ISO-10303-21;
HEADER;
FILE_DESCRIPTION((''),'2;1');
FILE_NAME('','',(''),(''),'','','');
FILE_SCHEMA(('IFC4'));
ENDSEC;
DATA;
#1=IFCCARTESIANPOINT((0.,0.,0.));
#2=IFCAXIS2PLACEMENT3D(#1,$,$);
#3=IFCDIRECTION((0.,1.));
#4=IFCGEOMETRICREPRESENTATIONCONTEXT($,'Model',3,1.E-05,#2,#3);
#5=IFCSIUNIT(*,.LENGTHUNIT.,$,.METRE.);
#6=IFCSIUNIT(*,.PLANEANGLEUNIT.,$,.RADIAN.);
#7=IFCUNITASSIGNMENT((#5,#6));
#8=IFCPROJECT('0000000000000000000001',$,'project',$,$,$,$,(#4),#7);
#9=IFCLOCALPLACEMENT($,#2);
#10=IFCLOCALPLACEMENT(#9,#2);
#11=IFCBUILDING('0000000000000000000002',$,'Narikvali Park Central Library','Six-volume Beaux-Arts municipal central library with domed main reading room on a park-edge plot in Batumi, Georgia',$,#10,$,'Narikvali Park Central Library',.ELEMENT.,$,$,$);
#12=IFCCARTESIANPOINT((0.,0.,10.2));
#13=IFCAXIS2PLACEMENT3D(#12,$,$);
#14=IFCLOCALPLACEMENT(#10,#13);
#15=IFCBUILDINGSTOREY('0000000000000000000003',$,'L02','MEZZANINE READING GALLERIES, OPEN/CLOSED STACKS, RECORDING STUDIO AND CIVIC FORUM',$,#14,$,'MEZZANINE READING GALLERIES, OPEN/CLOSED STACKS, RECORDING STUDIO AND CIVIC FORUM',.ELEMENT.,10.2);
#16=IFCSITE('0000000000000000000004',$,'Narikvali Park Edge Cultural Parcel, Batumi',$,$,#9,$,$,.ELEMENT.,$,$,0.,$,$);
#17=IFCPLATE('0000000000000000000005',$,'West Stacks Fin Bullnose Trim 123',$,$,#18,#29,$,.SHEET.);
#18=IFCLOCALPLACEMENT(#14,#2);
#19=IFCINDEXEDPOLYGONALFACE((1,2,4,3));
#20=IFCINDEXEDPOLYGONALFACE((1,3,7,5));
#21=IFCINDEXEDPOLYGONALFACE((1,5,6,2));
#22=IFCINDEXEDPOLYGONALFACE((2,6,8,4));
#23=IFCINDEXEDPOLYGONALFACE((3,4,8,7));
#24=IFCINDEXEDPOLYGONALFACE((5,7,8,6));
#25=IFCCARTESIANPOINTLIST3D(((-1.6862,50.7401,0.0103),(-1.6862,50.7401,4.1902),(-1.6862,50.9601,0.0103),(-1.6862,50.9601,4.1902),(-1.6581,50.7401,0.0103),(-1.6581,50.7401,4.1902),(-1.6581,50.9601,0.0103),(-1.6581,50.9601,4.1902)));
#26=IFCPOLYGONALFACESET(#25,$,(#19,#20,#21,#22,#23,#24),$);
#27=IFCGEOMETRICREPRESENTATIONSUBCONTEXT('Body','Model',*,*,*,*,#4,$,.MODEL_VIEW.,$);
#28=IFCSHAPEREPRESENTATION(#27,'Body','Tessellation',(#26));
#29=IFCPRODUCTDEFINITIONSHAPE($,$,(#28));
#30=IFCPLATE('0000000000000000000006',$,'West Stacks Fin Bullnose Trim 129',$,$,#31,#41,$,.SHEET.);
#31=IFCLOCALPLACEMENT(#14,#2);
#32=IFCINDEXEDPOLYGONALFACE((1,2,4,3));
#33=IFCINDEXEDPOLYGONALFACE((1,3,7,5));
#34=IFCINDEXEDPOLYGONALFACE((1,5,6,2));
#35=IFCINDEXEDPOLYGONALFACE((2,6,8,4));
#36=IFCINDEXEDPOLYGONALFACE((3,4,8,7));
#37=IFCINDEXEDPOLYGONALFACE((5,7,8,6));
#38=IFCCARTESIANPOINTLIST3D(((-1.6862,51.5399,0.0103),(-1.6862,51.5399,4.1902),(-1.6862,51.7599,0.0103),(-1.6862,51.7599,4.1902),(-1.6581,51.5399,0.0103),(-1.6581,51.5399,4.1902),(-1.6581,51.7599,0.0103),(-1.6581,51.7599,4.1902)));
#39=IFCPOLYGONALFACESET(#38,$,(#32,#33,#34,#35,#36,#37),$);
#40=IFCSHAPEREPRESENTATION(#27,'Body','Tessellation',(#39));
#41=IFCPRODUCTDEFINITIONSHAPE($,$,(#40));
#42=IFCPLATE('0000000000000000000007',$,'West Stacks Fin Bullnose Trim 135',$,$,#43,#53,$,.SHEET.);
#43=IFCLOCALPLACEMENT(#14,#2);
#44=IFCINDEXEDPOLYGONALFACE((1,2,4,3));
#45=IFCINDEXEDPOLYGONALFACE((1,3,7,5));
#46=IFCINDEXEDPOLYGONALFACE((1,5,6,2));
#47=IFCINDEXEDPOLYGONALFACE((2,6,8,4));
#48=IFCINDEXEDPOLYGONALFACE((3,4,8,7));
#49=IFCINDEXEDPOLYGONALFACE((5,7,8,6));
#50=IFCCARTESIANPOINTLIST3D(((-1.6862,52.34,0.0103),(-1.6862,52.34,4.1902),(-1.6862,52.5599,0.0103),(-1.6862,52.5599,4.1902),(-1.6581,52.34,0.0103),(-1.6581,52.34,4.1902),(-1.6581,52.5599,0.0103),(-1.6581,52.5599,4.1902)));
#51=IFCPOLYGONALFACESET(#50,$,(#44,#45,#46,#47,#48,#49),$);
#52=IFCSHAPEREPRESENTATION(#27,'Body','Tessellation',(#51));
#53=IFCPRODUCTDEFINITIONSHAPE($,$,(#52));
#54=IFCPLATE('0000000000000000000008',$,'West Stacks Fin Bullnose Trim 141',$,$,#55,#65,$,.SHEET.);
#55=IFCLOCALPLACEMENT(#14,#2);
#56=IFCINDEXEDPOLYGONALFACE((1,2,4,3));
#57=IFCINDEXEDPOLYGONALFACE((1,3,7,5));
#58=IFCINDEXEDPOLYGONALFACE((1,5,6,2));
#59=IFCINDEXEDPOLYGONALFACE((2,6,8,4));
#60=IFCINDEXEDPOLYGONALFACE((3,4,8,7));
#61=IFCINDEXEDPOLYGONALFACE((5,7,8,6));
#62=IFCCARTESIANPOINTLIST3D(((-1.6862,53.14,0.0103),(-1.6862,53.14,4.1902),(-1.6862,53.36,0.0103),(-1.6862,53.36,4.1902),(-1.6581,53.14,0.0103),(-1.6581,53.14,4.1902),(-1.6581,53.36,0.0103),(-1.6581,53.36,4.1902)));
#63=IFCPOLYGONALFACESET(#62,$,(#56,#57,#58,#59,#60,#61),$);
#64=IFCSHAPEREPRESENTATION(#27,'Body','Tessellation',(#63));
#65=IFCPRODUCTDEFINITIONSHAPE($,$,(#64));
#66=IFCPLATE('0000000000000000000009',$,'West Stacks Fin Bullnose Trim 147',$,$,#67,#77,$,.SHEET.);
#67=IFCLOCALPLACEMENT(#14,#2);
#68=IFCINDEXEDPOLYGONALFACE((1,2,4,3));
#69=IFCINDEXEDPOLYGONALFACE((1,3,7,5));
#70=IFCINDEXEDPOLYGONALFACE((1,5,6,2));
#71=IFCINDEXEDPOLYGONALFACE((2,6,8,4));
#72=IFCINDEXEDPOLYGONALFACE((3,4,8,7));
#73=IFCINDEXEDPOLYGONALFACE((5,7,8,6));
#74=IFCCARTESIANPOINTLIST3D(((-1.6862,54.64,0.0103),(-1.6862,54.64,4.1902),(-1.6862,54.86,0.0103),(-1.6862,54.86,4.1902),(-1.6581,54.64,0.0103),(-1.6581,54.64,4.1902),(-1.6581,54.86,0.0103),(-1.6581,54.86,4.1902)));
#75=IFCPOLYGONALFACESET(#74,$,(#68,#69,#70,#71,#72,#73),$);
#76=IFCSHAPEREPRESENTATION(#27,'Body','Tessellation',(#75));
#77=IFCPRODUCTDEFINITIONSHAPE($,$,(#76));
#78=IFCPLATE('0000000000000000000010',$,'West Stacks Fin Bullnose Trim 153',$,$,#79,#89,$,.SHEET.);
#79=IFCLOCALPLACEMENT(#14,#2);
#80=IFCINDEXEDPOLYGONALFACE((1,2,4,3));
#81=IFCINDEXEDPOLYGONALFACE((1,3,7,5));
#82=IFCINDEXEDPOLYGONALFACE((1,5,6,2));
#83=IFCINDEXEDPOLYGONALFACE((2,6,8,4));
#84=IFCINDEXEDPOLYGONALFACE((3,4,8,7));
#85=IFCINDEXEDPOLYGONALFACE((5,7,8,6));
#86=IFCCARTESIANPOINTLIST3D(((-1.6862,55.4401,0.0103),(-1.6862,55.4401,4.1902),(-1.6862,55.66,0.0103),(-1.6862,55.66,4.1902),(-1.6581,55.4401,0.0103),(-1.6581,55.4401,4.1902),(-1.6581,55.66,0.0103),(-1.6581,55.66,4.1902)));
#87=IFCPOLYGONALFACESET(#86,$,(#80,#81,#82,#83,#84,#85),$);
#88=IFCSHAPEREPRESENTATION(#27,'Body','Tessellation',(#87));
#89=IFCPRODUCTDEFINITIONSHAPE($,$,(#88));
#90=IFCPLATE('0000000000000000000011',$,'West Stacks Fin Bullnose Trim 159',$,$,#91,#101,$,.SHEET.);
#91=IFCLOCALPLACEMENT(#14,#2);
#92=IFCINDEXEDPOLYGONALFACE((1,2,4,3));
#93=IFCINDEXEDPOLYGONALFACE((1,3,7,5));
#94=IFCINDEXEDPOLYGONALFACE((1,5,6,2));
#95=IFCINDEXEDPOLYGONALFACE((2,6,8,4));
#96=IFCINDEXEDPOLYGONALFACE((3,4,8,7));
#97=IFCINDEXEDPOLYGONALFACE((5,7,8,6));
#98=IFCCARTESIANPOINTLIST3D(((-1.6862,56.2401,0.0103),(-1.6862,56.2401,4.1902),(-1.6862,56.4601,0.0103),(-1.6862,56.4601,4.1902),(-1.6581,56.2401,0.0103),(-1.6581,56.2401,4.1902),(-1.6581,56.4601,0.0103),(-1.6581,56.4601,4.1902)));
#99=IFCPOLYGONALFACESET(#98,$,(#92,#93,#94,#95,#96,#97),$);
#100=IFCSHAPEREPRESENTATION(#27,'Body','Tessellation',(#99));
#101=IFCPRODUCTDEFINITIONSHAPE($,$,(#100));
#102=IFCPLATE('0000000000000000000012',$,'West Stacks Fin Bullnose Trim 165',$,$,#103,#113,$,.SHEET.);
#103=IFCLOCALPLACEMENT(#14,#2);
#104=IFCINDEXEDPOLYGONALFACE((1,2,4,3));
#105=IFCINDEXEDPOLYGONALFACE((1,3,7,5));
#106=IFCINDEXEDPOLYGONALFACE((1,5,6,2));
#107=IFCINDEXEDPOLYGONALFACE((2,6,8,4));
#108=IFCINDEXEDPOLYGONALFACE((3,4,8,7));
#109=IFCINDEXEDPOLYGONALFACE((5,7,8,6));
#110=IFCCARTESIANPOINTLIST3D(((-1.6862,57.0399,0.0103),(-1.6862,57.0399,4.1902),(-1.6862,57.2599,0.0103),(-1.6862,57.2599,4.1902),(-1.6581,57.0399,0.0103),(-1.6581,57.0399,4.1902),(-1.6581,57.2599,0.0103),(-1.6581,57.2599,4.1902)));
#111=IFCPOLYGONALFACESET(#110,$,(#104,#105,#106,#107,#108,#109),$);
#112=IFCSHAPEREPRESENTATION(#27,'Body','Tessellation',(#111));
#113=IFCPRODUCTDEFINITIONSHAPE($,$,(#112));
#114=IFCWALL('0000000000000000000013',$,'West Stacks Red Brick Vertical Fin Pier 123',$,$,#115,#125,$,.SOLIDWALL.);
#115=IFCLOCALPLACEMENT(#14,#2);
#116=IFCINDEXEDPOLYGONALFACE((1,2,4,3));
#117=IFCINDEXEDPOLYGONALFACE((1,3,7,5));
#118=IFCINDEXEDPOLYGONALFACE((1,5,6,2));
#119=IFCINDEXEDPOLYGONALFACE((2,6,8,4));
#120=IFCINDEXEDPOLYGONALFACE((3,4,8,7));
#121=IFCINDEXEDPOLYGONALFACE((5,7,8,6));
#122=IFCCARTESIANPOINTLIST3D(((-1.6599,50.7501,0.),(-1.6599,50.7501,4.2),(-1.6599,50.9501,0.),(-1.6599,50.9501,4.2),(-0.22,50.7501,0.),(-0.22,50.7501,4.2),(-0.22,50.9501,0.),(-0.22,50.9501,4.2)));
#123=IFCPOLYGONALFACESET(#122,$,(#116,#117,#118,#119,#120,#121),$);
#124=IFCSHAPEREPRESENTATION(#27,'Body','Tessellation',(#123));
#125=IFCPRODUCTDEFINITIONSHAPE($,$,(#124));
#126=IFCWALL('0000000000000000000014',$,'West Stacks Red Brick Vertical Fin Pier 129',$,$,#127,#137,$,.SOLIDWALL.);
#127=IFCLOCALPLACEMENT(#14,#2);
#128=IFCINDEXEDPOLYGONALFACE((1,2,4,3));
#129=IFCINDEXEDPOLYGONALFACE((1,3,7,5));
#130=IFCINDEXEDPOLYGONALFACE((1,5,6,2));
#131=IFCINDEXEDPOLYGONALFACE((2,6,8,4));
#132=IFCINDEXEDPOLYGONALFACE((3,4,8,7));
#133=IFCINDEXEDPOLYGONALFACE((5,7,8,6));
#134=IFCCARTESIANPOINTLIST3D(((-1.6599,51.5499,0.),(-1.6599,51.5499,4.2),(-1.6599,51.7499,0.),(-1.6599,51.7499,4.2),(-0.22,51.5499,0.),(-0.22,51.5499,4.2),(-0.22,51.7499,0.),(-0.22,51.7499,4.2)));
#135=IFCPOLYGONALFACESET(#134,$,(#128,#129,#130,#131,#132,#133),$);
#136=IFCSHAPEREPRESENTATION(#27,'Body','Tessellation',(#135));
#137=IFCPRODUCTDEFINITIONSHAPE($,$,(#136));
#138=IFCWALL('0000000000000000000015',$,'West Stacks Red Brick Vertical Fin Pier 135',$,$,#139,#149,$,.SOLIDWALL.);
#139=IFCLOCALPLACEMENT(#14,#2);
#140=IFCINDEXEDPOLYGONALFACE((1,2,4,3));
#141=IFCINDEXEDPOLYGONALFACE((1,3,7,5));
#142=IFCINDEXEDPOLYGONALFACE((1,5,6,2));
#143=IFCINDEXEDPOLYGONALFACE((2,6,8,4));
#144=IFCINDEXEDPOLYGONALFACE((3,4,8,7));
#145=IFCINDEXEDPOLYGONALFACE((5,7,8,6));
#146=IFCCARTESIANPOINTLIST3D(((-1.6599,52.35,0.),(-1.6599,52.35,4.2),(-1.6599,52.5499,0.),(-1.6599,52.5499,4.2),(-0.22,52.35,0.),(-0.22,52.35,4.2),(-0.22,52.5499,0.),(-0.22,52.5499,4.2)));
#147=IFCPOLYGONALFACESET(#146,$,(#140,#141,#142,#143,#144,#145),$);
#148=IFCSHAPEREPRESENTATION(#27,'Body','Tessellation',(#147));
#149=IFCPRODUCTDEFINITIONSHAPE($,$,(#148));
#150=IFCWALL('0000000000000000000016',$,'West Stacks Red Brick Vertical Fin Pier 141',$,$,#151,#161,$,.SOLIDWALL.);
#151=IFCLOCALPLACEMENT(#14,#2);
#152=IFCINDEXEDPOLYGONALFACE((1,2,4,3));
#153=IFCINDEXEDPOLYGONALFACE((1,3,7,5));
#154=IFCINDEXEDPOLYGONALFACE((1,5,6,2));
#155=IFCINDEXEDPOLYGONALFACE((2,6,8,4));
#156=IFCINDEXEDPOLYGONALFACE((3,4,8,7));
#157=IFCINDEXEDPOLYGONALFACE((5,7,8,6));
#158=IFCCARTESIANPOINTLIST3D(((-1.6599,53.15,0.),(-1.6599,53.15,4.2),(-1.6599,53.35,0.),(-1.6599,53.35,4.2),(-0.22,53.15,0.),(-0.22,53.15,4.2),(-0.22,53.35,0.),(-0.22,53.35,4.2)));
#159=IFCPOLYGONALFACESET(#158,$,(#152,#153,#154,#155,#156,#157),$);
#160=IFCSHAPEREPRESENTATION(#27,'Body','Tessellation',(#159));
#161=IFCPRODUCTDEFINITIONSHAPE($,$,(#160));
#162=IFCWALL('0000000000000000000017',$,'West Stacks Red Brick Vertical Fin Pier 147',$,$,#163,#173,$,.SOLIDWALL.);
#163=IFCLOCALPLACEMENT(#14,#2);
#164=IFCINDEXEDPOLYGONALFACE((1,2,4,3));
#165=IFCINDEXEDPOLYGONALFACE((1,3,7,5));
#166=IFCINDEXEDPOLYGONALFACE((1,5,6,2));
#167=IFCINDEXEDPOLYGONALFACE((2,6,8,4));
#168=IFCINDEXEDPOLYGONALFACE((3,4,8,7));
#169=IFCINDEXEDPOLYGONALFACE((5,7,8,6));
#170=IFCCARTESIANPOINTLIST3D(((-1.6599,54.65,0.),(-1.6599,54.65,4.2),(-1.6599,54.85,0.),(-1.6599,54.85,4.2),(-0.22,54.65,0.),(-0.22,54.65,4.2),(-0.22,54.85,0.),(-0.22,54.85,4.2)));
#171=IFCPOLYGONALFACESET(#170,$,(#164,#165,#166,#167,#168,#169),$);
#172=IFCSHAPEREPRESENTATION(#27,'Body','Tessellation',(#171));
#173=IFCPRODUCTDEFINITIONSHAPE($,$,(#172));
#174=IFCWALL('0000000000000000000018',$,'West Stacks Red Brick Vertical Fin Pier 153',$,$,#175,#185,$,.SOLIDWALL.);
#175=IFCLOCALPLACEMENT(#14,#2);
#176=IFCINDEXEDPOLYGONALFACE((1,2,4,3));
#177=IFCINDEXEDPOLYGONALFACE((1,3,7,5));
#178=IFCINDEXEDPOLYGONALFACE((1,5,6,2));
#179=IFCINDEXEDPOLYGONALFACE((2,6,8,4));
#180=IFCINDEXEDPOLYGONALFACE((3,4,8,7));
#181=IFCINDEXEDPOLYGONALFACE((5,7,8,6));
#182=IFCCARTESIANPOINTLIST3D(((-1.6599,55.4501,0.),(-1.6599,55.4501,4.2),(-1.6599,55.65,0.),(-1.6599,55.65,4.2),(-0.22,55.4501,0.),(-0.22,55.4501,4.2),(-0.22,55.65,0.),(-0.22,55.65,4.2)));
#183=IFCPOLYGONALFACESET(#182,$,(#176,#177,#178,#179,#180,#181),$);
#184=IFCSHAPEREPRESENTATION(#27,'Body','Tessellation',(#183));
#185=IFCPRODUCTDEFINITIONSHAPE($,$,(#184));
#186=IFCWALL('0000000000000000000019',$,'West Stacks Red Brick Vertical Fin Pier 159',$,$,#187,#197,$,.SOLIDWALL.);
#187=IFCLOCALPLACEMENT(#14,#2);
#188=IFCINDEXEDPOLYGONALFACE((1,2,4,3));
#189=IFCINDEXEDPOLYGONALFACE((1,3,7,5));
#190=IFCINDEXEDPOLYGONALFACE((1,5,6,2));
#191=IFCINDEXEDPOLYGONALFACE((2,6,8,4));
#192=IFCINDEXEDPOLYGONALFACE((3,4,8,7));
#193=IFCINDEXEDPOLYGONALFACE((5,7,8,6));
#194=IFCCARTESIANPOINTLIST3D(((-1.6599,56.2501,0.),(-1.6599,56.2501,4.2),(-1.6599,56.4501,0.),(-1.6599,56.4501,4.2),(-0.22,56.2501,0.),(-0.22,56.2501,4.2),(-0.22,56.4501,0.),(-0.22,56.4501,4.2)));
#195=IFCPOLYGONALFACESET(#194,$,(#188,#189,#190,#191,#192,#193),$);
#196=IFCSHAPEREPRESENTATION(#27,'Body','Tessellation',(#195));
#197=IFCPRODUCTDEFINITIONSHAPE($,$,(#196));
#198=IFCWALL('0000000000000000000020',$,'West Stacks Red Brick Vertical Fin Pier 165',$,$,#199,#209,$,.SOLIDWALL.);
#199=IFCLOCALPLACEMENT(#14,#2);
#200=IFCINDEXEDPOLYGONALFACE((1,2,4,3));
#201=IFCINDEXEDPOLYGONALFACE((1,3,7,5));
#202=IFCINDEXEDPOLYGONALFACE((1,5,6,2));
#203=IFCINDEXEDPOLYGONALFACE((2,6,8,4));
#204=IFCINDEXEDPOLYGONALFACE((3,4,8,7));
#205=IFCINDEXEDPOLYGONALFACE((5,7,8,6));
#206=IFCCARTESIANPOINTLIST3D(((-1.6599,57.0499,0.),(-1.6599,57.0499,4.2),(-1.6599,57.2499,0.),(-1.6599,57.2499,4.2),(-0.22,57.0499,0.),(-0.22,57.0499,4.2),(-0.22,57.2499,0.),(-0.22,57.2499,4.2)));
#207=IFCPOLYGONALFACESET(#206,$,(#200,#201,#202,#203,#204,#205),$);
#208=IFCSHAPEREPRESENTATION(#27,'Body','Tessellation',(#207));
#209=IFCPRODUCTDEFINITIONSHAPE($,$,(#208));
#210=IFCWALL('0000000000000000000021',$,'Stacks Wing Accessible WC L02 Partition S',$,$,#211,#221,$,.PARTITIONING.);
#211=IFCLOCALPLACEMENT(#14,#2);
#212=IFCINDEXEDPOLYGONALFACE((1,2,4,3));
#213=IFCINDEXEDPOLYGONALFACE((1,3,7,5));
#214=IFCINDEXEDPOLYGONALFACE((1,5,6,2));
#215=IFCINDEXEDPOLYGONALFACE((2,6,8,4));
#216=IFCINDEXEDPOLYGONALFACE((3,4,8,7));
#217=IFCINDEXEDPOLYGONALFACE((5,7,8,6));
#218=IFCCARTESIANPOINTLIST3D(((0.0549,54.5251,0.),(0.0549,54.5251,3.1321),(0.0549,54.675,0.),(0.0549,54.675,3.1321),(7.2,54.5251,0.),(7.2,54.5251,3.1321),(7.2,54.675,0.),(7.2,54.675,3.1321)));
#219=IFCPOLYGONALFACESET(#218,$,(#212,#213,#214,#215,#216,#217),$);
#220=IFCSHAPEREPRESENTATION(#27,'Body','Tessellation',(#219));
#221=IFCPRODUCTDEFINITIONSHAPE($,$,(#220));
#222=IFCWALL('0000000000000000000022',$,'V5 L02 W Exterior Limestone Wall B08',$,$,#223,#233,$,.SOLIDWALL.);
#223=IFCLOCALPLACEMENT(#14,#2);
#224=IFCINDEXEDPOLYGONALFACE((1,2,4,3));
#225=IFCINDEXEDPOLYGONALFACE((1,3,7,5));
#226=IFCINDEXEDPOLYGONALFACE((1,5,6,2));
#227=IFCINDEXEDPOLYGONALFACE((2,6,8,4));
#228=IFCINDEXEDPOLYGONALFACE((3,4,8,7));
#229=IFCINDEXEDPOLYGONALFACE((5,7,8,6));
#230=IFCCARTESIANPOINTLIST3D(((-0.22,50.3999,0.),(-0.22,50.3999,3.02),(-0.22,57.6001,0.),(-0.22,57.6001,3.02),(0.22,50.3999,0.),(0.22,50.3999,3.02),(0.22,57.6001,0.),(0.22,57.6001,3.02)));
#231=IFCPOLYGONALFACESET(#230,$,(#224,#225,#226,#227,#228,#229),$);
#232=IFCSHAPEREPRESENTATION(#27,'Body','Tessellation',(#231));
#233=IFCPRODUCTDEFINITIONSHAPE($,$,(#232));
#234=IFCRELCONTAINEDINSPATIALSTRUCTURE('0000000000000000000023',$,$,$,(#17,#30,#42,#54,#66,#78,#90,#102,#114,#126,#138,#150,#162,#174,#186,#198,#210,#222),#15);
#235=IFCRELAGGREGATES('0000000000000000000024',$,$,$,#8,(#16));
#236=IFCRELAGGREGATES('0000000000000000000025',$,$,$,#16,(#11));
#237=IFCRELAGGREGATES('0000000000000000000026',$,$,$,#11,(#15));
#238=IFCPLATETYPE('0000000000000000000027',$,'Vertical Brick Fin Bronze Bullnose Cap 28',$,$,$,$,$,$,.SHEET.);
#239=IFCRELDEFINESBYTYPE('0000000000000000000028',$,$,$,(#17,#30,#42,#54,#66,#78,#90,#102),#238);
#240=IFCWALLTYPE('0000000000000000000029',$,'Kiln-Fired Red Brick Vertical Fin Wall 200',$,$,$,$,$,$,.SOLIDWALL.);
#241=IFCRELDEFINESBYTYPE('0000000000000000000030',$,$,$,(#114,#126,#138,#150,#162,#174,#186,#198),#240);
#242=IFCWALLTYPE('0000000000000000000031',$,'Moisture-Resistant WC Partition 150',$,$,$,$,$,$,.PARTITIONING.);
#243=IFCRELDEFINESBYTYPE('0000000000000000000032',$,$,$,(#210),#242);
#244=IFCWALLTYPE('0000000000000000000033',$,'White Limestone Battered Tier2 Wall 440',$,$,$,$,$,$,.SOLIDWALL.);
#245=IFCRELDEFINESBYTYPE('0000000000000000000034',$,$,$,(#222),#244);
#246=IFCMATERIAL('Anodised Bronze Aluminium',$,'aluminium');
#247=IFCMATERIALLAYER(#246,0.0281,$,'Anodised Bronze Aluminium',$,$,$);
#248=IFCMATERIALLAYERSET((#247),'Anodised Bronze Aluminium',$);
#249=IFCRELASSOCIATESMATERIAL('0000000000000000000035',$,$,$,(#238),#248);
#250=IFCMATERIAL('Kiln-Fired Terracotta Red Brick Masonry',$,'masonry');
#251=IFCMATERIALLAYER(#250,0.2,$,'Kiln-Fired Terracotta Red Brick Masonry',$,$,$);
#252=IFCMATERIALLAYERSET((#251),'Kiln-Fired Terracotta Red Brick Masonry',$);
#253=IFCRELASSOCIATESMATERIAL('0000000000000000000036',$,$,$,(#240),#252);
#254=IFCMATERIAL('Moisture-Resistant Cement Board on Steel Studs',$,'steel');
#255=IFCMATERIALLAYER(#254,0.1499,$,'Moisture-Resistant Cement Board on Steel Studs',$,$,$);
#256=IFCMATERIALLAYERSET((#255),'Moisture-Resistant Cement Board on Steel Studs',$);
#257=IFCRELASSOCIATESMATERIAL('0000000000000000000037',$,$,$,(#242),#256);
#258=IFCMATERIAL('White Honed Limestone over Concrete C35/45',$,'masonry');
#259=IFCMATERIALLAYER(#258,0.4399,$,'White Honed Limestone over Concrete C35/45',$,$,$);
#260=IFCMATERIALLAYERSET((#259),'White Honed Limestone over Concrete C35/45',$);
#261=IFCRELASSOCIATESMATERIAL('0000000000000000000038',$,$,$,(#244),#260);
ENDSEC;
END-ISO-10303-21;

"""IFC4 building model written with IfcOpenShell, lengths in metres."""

from ifc_helpers import new_model, si_unit, direction, frame, frame_2d, origin, origin_2d, place, context, subcontext, project, spatial, rectangle, extrude, material, layer, layer_set, type_object, element, save


model = new_model("IFC4")

# Units and contexts
model_context = context("Model", 3, precision=1e-05, world=origin(), true_north=direction((0.0, 1.0)))
body_context = subcontext(model_context, "Body", "Model", "MODEL_VIEW")
ifc_project = project(units=[si_unit("LENGTHUNIT", "METRE"), si_unit("PLANEANGLEUNIT", "RADIAN")], contexts=[model_context])

# Site, building, storey
site_placement = place(None, origin())
site = spatial("IfcSite", under=ifc_project, at=site_placement, Name="Narikvali Park Edge Cultural Parcel, Batumi", CompositionType="ELEMENT", RefElevation=0.0)
building_placement = place(site_placement, origin())
building = spatial("IfcBuilding", under=site, at=building_placement, Name="Narikvali Park Central Library", Description="Six-volume Beaux-Arts municipal central library with domed main reading room on a park-edge plot in Batumi, Georgia", LongName="Narikvali Park Central Library", CompositionType="ELEMENT")
storey_placement = place(building_placement, frame((0.0, 0.0, 10.2)))
storey = spatial("IfcBuildingStorey", under=building, at=storey_placement, Name="L02", Description="MEZZANINE READING GALLERIES, OPEN/CLOSED STACKS, RECORDING STUDIO AND CIVIC FORUM", LongName="MEZZANINE READING GALLERIES, OPEN/CLOSED STACKS, RECORDING STUDIO AND CIVIC FORUM", CompositionType="ELEMENT", Elevation=10.2)

# Plates
ifc_material_1 = material(Name="Anodised Bronze Aluminium", Category="aluminium")
ifc_layer_1 = layer(ifc_material_1, 0.0281, Name="Anodised Bronze Aluminium")
ifc_layer_set_1 = layer_set([ifc_layer_1], Name="Anodised Bronze Aluminium")
plate_type = type_object("IfcPlateType", Name="Vertical Brick Fin Bronze Bullnose Cap 28", PredefinedType="SHEET", material=ifc_layer_set_1)
for number, where, z_axis, x_axis, name in (
    (1, (-1.6721, 50.8501, 0.0103), (0.0, 0.0, 1.0), (1.0, 0.0, 0.0), "West Stacks Fin Bullnose Trim 123"),
    (2, (-1.6721, 51.6499, 0.0103), (0.0, 0.0, 1.0), (1.0, 0.0, 0.0), "West Stacks Fin Bullnose Trim 129"),
    (3, (-1.6721, 52.45, 0.0103), (0.0, 0.0, 1.0), (1.0, 0.0, 0.0), "West Stacks Fin Bullnose Trim 135"),
    (4, (-1.6721, 53.25, 0.0103), (0.0, 0.0, 1.0), (1.0, 0.0, 0.0), "West Stacks Fin Bullnose Trim 141"),
    (5, (-1.6721, 54.75, 0.0103), (0.0, 0.0, 1.0), (1.0, 0.0, 0.0), "West Stacks Fin Bullnose Trim 147"),
    (6, (-1.6721, 55.55, 0.0103), (0.0, 0.0, 1.0), (1.0, 0.0, 0.0), "West Stacks Fin Bullnose Trim 153"),
    (7, (-1.6721, 56.3501, 0.0103), (0.0, 0.0, 1.0), (1.0, 0.0, 0.0), "West Stacks Fin Bullnose Trim 159"),
    (8, (-1.6721, 57.1499, 0.0103), (0.0, 0.0, 1.0), (1.0, 0.0, 0.0), "West Stacks Fin Bullnose Trim 165"),
):
    element("IfcPlate", number, at=place(storey_placement, frame(where, z_axis=z_axis, x_axis=x_axis)), inside=storey, type_object=plate_type, Name=name, PredefinedType="SHEET", context=body_context, shape_type="SweptSolid", body=[
        extrude(rectangle(XDim=0.0281, YDim=0.22, at=origin_2d()), origin(), (0.0, 0.0, 1.0), 4.1799),
    ])

# Walls
ifc_material_2 = material(Name="Kiln-Fired Terracotta Red Brick Masonry", Category="masonry")
ifc_layer_2 = layer(ifc_material_2, 0.2, Name="Kiln-Fired Terracotta Red Brick Masonry")
ifc_layer_set_2 = layer_set([ifc_layer_2], Name="Kiln-Fired Terracotta Red Brick Masonry")
wall_type_1 = type_object("IfcWallType", Name="Kiln-Fired Red Brick Vertical Fin Wall 200", PredefinedType="SOLIDWALL", material=ifc_layer_set_2)
for number, where, z_axis, x_axis, name in (
    (9, (-1.6599, 50.8501, 0.0), (0.0, 0.0, 1.0), (1.0, 0.0, 0.0), "West Stacks Red Brick Vertical Fin Pier 123"),
    (10, (-1.6599, 51.6499, 0.0), (0.0, 0.0, 1.0), (1.0, 0.0, 0.0), "West Stacks Red Brick Vertical Fin Pier 129"),
    (11, (-1.6599, 52.45, 0.0), (0.0, 0.0, 1.0), (1.0, 0.0, 0.0), "West Stacks Red Brick Vertical Fin Pier 135"),
    (12, (-1.6599, 53.25, 0.0), (0.0, 0.0, 1.0), (1.0, 0.0, 0.0), "West Stacks Red Brick Vertical Fin Pier 141"),
    (13, (-1.6599, 54.75, 0.0), (0.0, 0.0, 1.0), (1.0, 0.0, 0.0), "West Stacks Red Brick Vertical Fin Pier 147"),
    (14, (-1.6599, 55.55, 0.0), (0.0, 0.0, 1.0), (1.0, 0.0, 0.0), "West Stacks Red Brick Vertical Fin Pier 153"),
    (15, (-1.6599, 56.3501, 0.0), (0.0, 0.0, 1.0), (1.0, 0.0, 0.0), "West Stacks Red Brick Vertical Fin Pier 159"),
    (16, (-1.6599, 57.1499, 0.0), (0.0, 0.0, 1.0), (1.0, 0.0, 0.0), "West Stacks Red Brick Vertical Fin Pier 165"),
):
    element("IfcWall", number, at=place(storey_placement, frame(where, z_axis=z_axis, x_axis=x_axis)), inside=storey, type_object=wall_type_1, Name=name, PredefinedType="SOLIDWALL", context=body_context, shape_type="SweptSolid", body=[
        extrude(rectangle(XDim=1.4399, YDim=0.2, at=frame_2d((0.72, 0.0))), origin(), (0.0, 0.0, 1.0), 4.2),
    ])
ifc_material_3 = material(Name="Moisture-Resistant Cement Board on Steel Studs", Category="steel")
ifc_layer_3 = layer(ifc_material_3, 0.1499, Name="Moisture-Resistant Cement Board on Steel Studs")
ifc_layer_set_3 = layer_set([ifc_layer_3], Name="Moisture-Resistant Cement Board on Steel Studs")
wall_type_2 = type_object("IfcWallType", Name="Moisture-Resistant WC Partition 150", PredefinedType="PARTITIONING", material=ifc_layer_set_3)
wall_1_placement = place(storey_placement, frame((0.0549, 54.6001, 0.0), z_axis=(0.0, 0.0, 1.0), x_axis=(1.0, 0.0, 0.0)))
element("IfcWall", 17, at=wall_1_placement, inside=storey, type_object=wall_type_2, Name="Stacks Wing Accessible WC L02 Partition S", PredefinedType="PARTITIONING", context=body_context, shape_type="SweptSolid", body=[
    extrude(rectangle(XDim=7.145, YDim=0.1499, at=frame_2d((3.5725, 0.0))), origin(), (0.0, 0.0, 1.0), 3.1321),
])
ifc_material_4 = material(Name="White Honed Limestone over Concrete C35/45", Category="masonry")
ifc_layer_4 = layer(ifc_material_4, 0.4399, Name="White Honed Limestone over Concrete C35/45")
ifc_layer_set_4 = layer_set([ifc_layer_4], Name="White Honed Limestone over Concrete C35/45")
wall_type_3 = type_object("IfcWallType", Name="White Limestone Battered Tier2 Wall 440", PredefinedType="SOLIDWALL", material=ifc_layer_set_4)
wall_2_placement = place(storey_placement, frame((0.0, 57.6001, 0.0), z_axis=(0.0, 0.0, 1.0), x_axis=(0.0, -1.0, 0.0)))
element("IfcWall", 18, at=wall_2_placement, inside=storey, type_object=wall_type_3, Name="V5 L02 W Exterior Limestone Wall B08", PredefinedType="SOLIDWALL", context=body_context, shape_type="SweptSolid", body=[
    extrude(rectangle(XDim=7.2002, YDim=0.4399, at=frame_2d((3.6001, 0.0))), origin(), (0.0, 0.0, 1.0), 3.02),
])

save(model, "model.ifc")
